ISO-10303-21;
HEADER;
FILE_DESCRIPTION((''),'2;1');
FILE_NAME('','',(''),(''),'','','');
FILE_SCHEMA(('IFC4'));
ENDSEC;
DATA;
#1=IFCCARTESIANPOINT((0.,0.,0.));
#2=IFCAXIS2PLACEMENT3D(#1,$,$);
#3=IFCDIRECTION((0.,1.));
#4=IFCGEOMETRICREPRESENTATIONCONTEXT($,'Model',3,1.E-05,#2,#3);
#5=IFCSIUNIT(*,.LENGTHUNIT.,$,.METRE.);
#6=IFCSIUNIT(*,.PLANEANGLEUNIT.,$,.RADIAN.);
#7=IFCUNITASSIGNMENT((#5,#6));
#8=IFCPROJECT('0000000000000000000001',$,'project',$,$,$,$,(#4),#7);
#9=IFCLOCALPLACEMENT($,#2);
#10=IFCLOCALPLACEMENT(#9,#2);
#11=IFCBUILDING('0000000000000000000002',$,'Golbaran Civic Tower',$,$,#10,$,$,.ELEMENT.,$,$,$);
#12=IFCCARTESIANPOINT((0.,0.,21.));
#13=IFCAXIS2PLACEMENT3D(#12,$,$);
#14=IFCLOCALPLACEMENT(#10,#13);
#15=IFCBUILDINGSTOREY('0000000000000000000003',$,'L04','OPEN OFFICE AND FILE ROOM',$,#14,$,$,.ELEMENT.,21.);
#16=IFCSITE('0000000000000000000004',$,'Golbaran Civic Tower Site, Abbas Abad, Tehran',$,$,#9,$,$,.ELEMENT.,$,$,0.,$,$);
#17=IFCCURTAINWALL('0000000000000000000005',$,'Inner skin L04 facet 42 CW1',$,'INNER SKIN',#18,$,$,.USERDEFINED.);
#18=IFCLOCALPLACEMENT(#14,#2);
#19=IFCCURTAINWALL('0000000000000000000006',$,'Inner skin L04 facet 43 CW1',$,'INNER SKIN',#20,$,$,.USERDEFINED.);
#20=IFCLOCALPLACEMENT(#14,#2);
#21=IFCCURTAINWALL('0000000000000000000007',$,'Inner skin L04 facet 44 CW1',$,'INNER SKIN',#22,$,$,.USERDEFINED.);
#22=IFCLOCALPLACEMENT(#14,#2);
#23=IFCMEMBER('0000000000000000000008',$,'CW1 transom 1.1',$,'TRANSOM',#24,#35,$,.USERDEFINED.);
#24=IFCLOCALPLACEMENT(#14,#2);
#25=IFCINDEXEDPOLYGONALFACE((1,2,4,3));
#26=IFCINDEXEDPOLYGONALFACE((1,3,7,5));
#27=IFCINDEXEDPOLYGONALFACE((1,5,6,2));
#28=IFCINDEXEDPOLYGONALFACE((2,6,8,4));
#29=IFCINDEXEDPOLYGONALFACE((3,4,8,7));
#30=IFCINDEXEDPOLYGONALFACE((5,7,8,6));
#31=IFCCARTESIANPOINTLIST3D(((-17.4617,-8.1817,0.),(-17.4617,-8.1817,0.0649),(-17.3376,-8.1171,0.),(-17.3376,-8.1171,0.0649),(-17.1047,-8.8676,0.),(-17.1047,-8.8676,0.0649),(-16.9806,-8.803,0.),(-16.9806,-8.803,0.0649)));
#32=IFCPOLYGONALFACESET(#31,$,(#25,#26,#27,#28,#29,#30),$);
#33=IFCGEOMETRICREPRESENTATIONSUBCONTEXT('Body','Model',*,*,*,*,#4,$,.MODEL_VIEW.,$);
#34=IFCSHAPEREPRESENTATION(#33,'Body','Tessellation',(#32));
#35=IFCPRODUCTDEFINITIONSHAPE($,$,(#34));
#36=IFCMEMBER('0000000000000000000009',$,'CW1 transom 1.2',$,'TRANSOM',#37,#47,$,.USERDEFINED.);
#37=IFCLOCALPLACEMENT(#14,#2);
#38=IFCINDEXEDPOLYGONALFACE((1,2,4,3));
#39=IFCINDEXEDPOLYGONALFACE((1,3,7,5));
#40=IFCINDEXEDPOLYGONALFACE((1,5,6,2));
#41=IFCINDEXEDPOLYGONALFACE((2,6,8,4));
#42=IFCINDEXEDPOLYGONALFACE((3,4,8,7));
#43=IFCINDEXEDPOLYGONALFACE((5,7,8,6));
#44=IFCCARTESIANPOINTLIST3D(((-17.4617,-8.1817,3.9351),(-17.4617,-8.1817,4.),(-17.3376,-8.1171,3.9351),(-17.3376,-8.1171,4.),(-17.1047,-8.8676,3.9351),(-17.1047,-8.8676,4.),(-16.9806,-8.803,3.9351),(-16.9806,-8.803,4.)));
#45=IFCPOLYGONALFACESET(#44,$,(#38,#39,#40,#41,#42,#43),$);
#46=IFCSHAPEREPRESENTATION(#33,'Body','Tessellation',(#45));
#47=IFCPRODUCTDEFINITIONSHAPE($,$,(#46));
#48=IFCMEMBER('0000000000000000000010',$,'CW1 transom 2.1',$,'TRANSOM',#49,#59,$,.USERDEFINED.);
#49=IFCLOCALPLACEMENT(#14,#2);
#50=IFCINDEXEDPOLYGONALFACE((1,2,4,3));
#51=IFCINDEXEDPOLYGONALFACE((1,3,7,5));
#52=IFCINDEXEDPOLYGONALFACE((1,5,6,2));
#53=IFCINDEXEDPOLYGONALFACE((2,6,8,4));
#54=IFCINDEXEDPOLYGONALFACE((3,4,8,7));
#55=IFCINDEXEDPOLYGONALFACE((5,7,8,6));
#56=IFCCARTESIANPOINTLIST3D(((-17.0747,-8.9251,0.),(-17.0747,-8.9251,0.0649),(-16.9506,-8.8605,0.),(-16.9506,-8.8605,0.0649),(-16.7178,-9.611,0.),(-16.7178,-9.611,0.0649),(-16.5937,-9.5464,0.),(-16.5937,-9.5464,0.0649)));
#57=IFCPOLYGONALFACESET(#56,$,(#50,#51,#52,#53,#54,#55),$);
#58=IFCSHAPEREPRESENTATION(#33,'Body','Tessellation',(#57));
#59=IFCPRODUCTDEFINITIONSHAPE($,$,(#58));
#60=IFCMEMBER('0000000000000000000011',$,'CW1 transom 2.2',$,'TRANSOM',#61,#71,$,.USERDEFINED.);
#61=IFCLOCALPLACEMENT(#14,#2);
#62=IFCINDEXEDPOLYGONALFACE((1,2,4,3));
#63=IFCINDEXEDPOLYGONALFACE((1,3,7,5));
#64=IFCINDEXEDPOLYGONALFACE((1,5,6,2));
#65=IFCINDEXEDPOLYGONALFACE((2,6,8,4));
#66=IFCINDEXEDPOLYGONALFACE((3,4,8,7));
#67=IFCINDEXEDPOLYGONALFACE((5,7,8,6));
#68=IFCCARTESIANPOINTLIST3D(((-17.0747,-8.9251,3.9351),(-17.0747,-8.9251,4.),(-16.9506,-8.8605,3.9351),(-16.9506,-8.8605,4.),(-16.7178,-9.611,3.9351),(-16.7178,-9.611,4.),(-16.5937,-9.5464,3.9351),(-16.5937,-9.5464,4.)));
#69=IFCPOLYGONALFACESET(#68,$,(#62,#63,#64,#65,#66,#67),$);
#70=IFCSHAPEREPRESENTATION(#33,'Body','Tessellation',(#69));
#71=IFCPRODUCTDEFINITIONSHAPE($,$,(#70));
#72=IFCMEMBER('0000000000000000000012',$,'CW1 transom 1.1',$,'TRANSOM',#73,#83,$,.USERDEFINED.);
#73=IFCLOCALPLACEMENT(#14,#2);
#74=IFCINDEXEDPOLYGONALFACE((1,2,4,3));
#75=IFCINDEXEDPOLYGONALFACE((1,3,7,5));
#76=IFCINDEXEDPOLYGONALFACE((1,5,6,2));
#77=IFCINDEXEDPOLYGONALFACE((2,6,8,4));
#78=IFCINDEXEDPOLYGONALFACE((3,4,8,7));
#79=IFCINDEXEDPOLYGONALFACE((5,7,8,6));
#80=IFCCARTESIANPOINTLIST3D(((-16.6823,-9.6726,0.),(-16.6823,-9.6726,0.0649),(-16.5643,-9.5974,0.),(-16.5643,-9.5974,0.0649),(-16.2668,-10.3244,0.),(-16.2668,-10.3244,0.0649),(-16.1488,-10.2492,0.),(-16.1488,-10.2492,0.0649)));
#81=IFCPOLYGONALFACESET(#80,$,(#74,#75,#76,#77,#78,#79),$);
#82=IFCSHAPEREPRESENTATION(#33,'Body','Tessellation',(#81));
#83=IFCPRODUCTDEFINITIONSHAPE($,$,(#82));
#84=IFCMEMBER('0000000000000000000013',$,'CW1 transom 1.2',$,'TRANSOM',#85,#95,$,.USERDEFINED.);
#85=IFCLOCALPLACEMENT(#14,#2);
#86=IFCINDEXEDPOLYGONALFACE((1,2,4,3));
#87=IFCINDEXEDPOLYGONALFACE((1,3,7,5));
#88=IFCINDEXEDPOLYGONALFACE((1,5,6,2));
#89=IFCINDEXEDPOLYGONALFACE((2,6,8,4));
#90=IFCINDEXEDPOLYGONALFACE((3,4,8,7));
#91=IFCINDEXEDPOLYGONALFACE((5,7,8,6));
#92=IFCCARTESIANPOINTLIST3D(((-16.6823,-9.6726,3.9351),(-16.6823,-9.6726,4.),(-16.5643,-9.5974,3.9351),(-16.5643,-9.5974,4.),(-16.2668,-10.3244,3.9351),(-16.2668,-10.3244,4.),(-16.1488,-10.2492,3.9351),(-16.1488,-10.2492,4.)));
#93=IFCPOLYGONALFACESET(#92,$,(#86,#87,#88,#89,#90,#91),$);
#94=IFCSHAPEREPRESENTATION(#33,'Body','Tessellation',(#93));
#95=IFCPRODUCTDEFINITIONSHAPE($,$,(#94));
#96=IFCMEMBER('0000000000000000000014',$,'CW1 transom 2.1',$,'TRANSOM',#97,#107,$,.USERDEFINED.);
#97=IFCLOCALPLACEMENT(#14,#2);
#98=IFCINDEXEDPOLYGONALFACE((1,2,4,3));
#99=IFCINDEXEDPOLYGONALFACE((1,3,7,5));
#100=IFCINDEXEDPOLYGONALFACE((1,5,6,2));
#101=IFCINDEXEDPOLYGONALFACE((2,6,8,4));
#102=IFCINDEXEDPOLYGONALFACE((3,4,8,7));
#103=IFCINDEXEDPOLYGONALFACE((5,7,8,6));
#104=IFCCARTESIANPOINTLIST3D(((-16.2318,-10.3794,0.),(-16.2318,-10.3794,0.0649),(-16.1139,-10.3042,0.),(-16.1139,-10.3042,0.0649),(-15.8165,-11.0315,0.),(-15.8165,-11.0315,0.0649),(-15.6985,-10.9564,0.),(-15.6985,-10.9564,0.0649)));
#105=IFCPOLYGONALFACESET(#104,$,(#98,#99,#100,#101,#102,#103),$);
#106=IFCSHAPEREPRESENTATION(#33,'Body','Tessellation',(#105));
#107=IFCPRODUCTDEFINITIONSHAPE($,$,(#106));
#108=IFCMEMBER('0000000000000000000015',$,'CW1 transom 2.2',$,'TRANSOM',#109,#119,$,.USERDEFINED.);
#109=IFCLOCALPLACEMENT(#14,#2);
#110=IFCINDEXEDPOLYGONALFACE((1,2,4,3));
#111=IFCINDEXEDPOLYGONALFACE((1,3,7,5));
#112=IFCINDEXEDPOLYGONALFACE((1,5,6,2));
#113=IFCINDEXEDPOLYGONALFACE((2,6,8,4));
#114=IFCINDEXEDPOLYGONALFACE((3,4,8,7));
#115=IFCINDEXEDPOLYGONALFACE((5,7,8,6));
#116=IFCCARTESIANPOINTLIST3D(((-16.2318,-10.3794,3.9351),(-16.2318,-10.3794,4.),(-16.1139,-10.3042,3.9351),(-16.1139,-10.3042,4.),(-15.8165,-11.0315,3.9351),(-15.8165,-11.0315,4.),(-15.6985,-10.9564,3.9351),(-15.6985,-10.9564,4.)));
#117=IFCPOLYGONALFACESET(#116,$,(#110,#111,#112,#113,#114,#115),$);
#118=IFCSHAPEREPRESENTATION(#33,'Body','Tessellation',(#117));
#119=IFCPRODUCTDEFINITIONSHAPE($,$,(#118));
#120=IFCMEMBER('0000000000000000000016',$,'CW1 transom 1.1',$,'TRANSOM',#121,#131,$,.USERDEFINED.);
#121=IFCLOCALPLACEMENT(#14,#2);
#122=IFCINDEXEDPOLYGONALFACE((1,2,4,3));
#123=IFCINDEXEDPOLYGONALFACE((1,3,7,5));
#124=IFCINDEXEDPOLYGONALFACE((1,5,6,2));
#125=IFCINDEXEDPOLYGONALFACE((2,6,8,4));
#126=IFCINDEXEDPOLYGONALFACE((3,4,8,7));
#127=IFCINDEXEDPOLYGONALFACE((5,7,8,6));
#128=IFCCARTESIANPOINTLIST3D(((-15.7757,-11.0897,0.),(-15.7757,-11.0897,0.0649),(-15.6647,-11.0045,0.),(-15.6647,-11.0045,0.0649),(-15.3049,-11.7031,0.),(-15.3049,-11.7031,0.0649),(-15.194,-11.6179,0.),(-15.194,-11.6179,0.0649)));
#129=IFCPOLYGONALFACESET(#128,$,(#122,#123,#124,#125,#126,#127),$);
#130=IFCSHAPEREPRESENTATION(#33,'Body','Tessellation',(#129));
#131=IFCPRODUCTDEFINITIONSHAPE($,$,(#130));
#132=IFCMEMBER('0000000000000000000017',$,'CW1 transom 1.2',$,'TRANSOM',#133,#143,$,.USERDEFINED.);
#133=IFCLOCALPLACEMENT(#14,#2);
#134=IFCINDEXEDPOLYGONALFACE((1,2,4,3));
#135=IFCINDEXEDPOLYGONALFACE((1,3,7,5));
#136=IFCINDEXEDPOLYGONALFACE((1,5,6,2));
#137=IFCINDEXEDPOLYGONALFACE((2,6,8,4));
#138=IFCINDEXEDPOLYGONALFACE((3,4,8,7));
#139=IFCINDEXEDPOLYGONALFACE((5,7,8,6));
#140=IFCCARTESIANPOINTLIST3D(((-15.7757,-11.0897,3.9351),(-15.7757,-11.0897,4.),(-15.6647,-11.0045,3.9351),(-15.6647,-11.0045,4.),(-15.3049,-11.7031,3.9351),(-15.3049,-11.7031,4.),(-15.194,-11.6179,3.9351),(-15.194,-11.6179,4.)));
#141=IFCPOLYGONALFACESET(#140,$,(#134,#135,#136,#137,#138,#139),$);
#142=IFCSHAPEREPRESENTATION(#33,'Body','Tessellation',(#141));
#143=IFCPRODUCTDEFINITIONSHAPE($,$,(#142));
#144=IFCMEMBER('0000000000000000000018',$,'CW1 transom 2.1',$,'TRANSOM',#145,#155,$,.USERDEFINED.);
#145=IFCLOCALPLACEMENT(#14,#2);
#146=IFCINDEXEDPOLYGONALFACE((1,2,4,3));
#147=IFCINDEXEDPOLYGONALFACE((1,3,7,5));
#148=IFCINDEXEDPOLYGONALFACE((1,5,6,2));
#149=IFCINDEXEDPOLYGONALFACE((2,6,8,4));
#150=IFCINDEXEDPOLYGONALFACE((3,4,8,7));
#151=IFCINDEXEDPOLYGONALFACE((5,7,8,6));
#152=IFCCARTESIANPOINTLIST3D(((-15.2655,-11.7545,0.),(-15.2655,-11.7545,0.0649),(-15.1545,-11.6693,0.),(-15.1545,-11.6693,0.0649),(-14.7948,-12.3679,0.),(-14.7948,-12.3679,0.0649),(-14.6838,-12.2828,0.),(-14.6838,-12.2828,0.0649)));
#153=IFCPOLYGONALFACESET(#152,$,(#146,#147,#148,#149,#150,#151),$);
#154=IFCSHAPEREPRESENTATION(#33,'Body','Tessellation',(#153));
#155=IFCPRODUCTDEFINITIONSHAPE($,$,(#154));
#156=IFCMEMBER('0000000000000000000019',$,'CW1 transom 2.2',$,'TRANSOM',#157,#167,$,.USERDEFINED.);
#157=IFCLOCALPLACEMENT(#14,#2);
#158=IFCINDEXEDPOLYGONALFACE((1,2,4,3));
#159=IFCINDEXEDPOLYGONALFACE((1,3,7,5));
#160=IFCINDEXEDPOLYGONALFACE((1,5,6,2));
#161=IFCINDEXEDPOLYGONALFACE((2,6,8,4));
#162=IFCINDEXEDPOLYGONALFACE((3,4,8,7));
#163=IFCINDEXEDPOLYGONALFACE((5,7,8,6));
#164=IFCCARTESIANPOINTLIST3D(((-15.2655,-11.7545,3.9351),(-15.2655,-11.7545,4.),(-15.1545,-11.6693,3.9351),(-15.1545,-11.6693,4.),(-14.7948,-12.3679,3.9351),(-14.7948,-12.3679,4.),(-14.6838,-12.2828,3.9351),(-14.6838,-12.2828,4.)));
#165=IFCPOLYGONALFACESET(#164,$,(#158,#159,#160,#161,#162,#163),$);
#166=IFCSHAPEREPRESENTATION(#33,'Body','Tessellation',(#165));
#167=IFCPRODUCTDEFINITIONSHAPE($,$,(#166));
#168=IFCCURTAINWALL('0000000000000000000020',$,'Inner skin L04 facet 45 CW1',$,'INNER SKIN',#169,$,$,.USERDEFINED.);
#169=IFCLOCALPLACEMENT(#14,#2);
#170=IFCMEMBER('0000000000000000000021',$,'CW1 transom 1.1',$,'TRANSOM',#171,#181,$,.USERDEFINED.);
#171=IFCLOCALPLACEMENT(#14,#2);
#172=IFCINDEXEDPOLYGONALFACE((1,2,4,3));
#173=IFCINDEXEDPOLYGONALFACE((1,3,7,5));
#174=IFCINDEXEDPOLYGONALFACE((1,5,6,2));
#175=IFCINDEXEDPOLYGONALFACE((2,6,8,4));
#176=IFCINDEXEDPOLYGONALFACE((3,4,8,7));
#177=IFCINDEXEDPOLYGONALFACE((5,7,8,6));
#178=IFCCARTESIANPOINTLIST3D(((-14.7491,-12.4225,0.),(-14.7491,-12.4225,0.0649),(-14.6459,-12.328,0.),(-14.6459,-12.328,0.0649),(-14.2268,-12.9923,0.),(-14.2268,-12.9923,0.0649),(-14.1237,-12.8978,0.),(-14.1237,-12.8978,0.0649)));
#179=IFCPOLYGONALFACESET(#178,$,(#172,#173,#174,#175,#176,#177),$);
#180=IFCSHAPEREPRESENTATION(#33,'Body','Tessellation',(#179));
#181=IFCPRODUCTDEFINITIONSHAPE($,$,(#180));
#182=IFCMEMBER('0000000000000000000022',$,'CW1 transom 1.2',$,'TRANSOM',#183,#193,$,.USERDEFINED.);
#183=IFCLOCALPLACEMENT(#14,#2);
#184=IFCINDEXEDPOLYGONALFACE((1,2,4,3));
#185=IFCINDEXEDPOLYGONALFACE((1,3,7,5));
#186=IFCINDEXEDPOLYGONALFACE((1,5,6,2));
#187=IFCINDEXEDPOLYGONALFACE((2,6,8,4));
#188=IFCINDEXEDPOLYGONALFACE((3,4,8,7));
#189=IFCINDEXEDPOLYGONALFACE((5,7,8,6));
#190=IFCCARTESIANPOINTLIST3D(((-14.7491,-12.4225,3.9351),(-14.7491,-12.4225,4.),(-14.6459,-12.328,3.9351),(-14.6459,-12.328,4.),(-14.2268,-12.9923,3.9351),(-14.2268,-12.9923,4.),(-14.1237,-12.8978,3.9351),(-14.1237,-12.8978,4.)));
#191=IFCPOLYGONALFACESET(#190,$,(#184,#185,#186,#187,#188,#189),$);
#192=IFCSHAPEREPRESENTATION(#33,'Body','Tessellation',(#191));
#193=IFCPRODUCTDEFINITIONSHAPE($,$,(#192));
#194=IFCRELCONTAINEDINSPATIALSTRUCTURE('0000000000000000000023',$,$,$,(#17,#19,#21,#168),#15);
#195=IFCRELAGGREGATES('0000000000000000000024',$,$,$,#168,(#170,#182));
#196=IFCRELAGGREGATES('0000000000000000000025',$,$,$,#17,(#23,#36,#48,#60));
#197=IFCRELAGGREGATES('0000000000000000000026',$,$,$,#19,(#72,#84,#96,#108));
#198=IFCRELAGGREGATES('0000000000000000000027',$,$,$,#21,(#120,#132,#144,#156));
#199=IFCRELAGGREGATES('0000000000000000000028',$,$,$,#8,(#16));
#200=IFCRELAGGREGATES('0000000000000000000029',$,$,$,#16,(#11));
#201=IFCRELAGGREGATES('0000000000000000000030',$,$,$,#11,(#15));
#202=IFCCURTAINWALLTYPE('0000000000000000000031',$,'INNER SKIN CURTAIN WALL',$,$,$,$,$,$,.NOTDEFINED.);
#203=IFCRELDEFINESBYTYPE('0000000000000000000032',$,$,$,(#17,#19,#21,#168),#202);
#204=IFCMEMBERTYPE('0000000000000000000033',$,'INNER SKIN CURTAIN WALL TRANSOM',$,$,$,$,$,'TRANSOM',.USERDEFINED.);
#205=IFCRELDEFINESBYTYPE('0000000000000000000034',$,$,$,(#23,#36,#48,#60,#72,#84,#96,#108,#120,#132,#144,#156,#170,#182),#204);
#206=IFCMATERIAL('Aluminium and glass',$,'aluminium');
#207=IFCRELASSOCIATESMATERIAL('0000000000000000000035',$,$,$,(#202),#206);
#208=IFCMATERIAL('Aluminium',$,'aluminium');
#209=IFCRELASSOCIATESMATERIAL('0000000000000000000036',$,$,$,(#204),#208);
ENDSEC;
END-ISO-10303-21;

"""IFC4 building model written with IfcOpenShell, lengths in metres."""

from ifc_helpers import new_model, si_unit, direction, frame, origin, origin_2d, place, context, subcontext, project, spatial, rectangle, extrude, material, material_profile, profile_set, type_object, element, aggregate, save


model = new_model("IFC4")

# Units and contexts
model_context = context("Model", 3, precision=1e-05, world=origin(), true_north=direction((0.0, 1.0)))
body_context = subcontext(model_context, "Body", "Model", "MODEL_VIEW")
ifc_project = project(units=[si_unit("LENGTHUNIT", "METRE"), si_unit("PLANEANGLEUNIT", "RADIAN")], contexts=[model_context])

# Site, building, storey
site_placement = place(None, origin())
site = spatial("IfcSite", under=ifc_project, at=site_placement, Name="Golbaran Civic Tower Site, Abbas Abad, Tehran", CompositionType="ELEMENT", RefElevation=0.0)
building_placement = place(site_placement, origin())
building = spatial("IfcBuilding", under=site, at=building_placement, Name="Golbaran Civic Tower", CompositionType="ELEMENT")
storey_placement = place(building_placement, frame((0.0, 0.0, 21.0)))
storey = spatial("IfcBuildingStorey", under=building, at=storey_placement, Name="L04", Description="OPEN OFFICE AND FILE ROOM", CompositionType="ELEMENT", Elevation=21.0)

# Curtain walls
ifc_material_1 = material(Name="Aluminium and glass", Category="aluminium")
curtain_wall_type = type_object("IfcCurtainWallType", Name="INNER SKIN CURTAIN WALL", PredefinedType="NOTDEFINED", material=ifc_material_1)
curtain_wall_1_placement = place(storey_placement, origin())
curtain_wall_1 = element("IfcCurtainWall", 1, at=curtain_wall_1_placement, inside=storey, type_object=curtain_wall_type, Name="Inner skin L04 facet 42 CW1", ObjectType="INNER SKIN", PredefinedType="USERDEFINED")
ifc_material_2 = material(Name="Aluminium", Category="aluminium")
curtain_wall_2_placement = place(storey_placement, origin())
curtain_wall_2 = element("IfcCurtainWall", 2, at=curtain_wall_2_placement, inside=storey, type_object=curtain_wall_type, Name="Inner skin L04 facet 43 CW1", ObjectType="INNER SKIN", PredefinedType="USERDEFINED")
curtain_wall_3_placement = place(storey_placement, origin())
curtain_wall_3 = element("IfcCurtainWall", 3, at=curtain_wall_3_placement, inside=storey, type_object=curtain_wall_type, Name="Inner skin L04 facet 44 CW1", ObjectType="INNER SKIN", PredefinedType="USERDEFINED")

# Members
ifc_material_profile_1 = material_profile(ifc_material_2, rectangle(XDim=0.1399, YDim=0.0649, at=origin_2d()), Name="INNER SKIN CURTAIN WALL TRANSOM")
ifc_profile_set_1 = profile_set([ifc_material_profile_1], Name="Aluminium")
member_type_1 = type_object("IfcMemberType", Name="INNER SKIN CURTAIN WALL TRANSOM", ElementType="TRANSOM", PredefinedType="USERDEFINED", material=ifc_profile_set_1)
member_1_placement = place(storey_placement, frame((-17.3997, -8.1494, 0.0325), z_axis=(0.461681, -0.887046, 0.0), x_axis=(0.887046, 0.461681, 0.0)))
member_1 = element("IfcMember", 4, at=member_1_placement, type_object=member_type_1, Name="CW1 transom 1.1", ObjectType="TRANSOM", PredefinedType="USERDEFINED", context=body_context, shape_type="SweptSolid", body=[
    extrude(rectangle(XDim=0.1399, YDim=0.0649, at=origin_2d()), origin(), (0.0, 0.0, 1.0), 0.7732),
])
member_2_placement = place(storey_placement, frame((-17.3997, -8.1494, 3.9675), z_axis=(0.461681, -0.887046, 0.0), x_axis=(0.887046, 0.461681, 0.0)))
member_2 = element("IfcMember", 5, at=member_2_placement, type_object=member_type_1, Name="CW1 transom 1.2", ObjectType="TRANSOM", PredefinedType="USERDEFINED", context=body_context, shape_type="SweptSolid", body=[
    extrude(rectangle(XDim=0.1399, YDim=0.0649, at=origin_2d()), origin(), (0.0, 0.0, 1.0), 0.7732),
])
member_3_placement = place(storey_placement, frame((-17.0127, -8.8928, 0.0325), z_axis=(0.461681, -0.887046, 0.0), x_axis=(0.887046, 0.461681, 0.0)))
member_3 = element("IfcMember", 6, at=member_3_placement, type_object=member_type_1, Name="CW1 transom 2.1", ObjectType="TRANSOM", PredefinedType="USERDEFINED", context=body_context, shape_type="SweptSolid", body=[
    extrude(rectangle(XDim=0.1399, YDim=0.0649, at=origin_2d()), origin(), (0.0, 0.0, 1.0), 0.7732),
])
member_4_placement = place(storey_placement, frame((-17.0127, -8.8928, 3.9675), z_axis=(0.461681, -0.887046, 0.0), x_axis=(0.887046, 0.461681, 0.0)))
member_4 = element("IfcMember", 7, at=member_4_placement, type_object=member_type_1, Name="CW1 transom 2.2", ObjectType="TRANSOM", PredefinedType="USERDEFINED", context=body_context, shape_type="SweptSolid", body=[
    extrude(rectangle(XDim=0.1399, YDim=0.0649, at=origin_2d()), origin(), (0.0, 0.0, 1.0), 0.7732),
])
member_5_placement = place(storey_placement, frame((-16.6233, -9.635, 0.0325), z_axis=(0.537529, -0.843245, 0.0), x_axis=(0.843245, 0.537529, 0.0)))
member_5 = element("IfcMember", 8, at=member_5_placement, type_object=member_type_1, Name="CW1 transom 1.1", ObjectType="TRANSOM", PredefinedType="USERDEFINED", context=body_context, shape_type="SweptSolid", body=[
    extrude(rectangle(XDim=0.1399, YDim=0.0649, at=origin_2d()), origin(), (0.0, 0.0, 1.0), 0.7729),
])
member_6_placement = place(storey_placement, frame((-16.6233, -9.635, 3.9675), z_axis=(0.537529, -0.843245, 0.0), x_axis=(0.843245, 0.537529, 0.0)))
member_6 = element("IfcMember", 9, at=member_6_placement, type_object=member_type_1, Name="CW1 transom 1.2", ObjectType="TRANSOM", PredefinedType="USERDEFINED", context=body_context, shape_type="SweptSolid", body=[
    extrude(rectangle(XDim=0.1399, YDim=0.0649, at=origin_2d()), origin(), (0.0, 0.0, 1.0), 0.7729),
])
member_7_placement = place(storey_placement, frame((-16.1729, -10.3418, 0.0325), z_axis=(0.537162, -0.843479, 0.0), x_axis=(0.843479, 0.537162, 0.0)))
member_7 = element("IfcMember", 10, at=member_7_placement, type_object=member_type_1, Name="CW1 transom 2.1", ObjectType="TRANSOM", PredefinedType="USERDEFINED", context=body_context, shape_type="SweptSolid", body=[
    extrude(rectangle(XDim=0.1399, YDim=0.0649, at=origin_2d()), origin(), (0.0, 0.0, 1.0), 0.7732),
])
member_8_placement = place(storey_placement, frame((-16.1729, -10.3418, 3.9675), z_axis=(0.537162, -0.843479, 0.0), x_axis=(0.843479, 0.537162, 0.0)))
member_8 = element("IfcMember", 11, at=member_8_placement, type_object=member_type_1, Name="CW1 transom 2.2", ObjectType="TRANSOM", PredefinedType="USERDEFINED", context=body_context, shape_type="SweptSolid", body=[
    extrude(rectangle(XDim=0.1399, YDim=0.0649, at=origin_2d()), origin(), (0.0, 0.0, 1.0), 0.7732),
])
member_9_placement = place(storey_placement, frame((-15.7202, -11.0471, 0.0325), z_axis=(0.608856, -0.793281, 0.0), x_axis=(0.793281, 0.608856, 0.0)))
member_9 = element("IfcMember", 12, at=member_9_placement, type_object=member_type_1, Name="CW1 transom 1.1", ObjectType="TRANSOM", PredefinedType="USERDEFINED", context=body_context, shape_type="SweptSolid", body=[
    extrude(rectangle(XDim=0.1399, YDim=0.0649, at=origin_2d()), origin(), (0.0, 0.0, 1.0), 0.7732),
])
member_10_placement = place(storey_placement, frame((-15.7202, -11.0471, 3.9675), z_axis=(0.608856, -0.793281, 0.0), x_axis=(0.793281, 0.608856, 0.0)))
member_10 = element("IfcMember", 13, at=member_10_placement, type_object=member_type_1, Name="CW1 transom 1.2", ObjectType="TRANSOM", PredefinedType="USERDEFINED", context=body_context, shape_type="SweptSolid", body=[
    extrude(rectangle(XDim=0.1399, YDim=0.0649, at=origin_2d()), origin(), (0.0, 0.0, 1.0), 0.7732),
])
member_11_placement = place(storey_placement, frame((-15.21, -11.7119, 0.0325), z_axis=(0.608703, -0.793398, 0.0), x_axis=(0.793398, 0.608703, 0.0)))
member_11 = element("IfcMember", 14, at=member_11_placement, type_object=member_type_1, Name="CW1 transom 2.1", ObjectType="TRANSOM", PredefinedType="USERDEFINED", context=body_context, shape_type="SweptSolid", body=[
    extrude(rectangle(XDim=0.1399, YDim=0.0649, at=origin_2d()), origin(), (0.0, 0.0, 1.0), 0.7732),
])
member_12_placement = place(storey_placement, frame((-15.21, -11.7119, 3.9675), z_axis=(0.608703, -0.793398, 0.0), x_axis=(0.793398, 0.608703, 0.0)))
member_12 = element("IfcMember", 15, at=member_12_placement, type_object=member_type_1, Name="CW1 transom 2.2", ObjectType="TRANSOM", PredefinedType="USERDEFINED", context=body_context, shape_type="SweptSolid", body=[
    extrude(rectangle(XDim=0.1399, YDim=0.0649, at=origin_2d()), origin(), (0.0, 0.0, 1.0), 0.7732),
])

# Curtain wall, members
curtain_wall_4_placement = place(storey_placement, origin())
curtain_wall_4 = element("IfcCurtainWall", 16, at=curtain_wall_4_placement, inside=storey, type_object=curtain_wall_type, Name="Inner skin L04 facet 45 CW1", ObjectType="INNER SKIN", PredefinedType="USERDEFINED")
member_13_placement = place(storey_placement, frame((-14.6975, -12.3752, 0.0325), z_axis=(0.675639, -0.737233, 0.0), x_axis=(0.737233, 0.675639, 0.0)))
member_13 = element("IfcMember", 17, at=member_13_placement, type_object=member_type_1, Name="CW1 transom 1.1", ObjectType="TRANSOM", PredefinedType="USERDEFINED", context=body_context, shape_type="SweptSolid", body=[
    extrude(rectangle(XDim=0.1399, YDim=0.0649, at=origin_2d()), origin(), (0.0, 0.0, 1.0), 0.7729),
])
member_14_placement = place(storey_placement, frame((-14.6975, -12.3752, 3.9675), z_axis=(0.675639, -0.737233, 0.0), x_axis=(0.737233, 0.675639, 0.0)))
member_14 = element("IfcMember", 18, at=member_14_placement, type_object=member_type_1, Name="CW1 transom 1.2", ObjectType="TRANSOM", PredefinedType="USERDEFINED", context=body_context, shape_type="SweptSolid", body=[
    extrude(rectangle(XDim=0.1399, YDim=0.0649, at=origin_2d()), origin(), (0.0, 0.0, 1.0), 0.7729),
])

aggregate(curtain_wall_4, [member_13, member_14])
aggregate(curtain_wall_1, [member_1, member_2, member_3, member_4])
aggregate(curtain_wall_2, [member_5, member_6, member_7, member_8])
aggregate(curtain_wall_3, [member_9, member_10, member_11, member_12])

save(model, "model.ifc")
